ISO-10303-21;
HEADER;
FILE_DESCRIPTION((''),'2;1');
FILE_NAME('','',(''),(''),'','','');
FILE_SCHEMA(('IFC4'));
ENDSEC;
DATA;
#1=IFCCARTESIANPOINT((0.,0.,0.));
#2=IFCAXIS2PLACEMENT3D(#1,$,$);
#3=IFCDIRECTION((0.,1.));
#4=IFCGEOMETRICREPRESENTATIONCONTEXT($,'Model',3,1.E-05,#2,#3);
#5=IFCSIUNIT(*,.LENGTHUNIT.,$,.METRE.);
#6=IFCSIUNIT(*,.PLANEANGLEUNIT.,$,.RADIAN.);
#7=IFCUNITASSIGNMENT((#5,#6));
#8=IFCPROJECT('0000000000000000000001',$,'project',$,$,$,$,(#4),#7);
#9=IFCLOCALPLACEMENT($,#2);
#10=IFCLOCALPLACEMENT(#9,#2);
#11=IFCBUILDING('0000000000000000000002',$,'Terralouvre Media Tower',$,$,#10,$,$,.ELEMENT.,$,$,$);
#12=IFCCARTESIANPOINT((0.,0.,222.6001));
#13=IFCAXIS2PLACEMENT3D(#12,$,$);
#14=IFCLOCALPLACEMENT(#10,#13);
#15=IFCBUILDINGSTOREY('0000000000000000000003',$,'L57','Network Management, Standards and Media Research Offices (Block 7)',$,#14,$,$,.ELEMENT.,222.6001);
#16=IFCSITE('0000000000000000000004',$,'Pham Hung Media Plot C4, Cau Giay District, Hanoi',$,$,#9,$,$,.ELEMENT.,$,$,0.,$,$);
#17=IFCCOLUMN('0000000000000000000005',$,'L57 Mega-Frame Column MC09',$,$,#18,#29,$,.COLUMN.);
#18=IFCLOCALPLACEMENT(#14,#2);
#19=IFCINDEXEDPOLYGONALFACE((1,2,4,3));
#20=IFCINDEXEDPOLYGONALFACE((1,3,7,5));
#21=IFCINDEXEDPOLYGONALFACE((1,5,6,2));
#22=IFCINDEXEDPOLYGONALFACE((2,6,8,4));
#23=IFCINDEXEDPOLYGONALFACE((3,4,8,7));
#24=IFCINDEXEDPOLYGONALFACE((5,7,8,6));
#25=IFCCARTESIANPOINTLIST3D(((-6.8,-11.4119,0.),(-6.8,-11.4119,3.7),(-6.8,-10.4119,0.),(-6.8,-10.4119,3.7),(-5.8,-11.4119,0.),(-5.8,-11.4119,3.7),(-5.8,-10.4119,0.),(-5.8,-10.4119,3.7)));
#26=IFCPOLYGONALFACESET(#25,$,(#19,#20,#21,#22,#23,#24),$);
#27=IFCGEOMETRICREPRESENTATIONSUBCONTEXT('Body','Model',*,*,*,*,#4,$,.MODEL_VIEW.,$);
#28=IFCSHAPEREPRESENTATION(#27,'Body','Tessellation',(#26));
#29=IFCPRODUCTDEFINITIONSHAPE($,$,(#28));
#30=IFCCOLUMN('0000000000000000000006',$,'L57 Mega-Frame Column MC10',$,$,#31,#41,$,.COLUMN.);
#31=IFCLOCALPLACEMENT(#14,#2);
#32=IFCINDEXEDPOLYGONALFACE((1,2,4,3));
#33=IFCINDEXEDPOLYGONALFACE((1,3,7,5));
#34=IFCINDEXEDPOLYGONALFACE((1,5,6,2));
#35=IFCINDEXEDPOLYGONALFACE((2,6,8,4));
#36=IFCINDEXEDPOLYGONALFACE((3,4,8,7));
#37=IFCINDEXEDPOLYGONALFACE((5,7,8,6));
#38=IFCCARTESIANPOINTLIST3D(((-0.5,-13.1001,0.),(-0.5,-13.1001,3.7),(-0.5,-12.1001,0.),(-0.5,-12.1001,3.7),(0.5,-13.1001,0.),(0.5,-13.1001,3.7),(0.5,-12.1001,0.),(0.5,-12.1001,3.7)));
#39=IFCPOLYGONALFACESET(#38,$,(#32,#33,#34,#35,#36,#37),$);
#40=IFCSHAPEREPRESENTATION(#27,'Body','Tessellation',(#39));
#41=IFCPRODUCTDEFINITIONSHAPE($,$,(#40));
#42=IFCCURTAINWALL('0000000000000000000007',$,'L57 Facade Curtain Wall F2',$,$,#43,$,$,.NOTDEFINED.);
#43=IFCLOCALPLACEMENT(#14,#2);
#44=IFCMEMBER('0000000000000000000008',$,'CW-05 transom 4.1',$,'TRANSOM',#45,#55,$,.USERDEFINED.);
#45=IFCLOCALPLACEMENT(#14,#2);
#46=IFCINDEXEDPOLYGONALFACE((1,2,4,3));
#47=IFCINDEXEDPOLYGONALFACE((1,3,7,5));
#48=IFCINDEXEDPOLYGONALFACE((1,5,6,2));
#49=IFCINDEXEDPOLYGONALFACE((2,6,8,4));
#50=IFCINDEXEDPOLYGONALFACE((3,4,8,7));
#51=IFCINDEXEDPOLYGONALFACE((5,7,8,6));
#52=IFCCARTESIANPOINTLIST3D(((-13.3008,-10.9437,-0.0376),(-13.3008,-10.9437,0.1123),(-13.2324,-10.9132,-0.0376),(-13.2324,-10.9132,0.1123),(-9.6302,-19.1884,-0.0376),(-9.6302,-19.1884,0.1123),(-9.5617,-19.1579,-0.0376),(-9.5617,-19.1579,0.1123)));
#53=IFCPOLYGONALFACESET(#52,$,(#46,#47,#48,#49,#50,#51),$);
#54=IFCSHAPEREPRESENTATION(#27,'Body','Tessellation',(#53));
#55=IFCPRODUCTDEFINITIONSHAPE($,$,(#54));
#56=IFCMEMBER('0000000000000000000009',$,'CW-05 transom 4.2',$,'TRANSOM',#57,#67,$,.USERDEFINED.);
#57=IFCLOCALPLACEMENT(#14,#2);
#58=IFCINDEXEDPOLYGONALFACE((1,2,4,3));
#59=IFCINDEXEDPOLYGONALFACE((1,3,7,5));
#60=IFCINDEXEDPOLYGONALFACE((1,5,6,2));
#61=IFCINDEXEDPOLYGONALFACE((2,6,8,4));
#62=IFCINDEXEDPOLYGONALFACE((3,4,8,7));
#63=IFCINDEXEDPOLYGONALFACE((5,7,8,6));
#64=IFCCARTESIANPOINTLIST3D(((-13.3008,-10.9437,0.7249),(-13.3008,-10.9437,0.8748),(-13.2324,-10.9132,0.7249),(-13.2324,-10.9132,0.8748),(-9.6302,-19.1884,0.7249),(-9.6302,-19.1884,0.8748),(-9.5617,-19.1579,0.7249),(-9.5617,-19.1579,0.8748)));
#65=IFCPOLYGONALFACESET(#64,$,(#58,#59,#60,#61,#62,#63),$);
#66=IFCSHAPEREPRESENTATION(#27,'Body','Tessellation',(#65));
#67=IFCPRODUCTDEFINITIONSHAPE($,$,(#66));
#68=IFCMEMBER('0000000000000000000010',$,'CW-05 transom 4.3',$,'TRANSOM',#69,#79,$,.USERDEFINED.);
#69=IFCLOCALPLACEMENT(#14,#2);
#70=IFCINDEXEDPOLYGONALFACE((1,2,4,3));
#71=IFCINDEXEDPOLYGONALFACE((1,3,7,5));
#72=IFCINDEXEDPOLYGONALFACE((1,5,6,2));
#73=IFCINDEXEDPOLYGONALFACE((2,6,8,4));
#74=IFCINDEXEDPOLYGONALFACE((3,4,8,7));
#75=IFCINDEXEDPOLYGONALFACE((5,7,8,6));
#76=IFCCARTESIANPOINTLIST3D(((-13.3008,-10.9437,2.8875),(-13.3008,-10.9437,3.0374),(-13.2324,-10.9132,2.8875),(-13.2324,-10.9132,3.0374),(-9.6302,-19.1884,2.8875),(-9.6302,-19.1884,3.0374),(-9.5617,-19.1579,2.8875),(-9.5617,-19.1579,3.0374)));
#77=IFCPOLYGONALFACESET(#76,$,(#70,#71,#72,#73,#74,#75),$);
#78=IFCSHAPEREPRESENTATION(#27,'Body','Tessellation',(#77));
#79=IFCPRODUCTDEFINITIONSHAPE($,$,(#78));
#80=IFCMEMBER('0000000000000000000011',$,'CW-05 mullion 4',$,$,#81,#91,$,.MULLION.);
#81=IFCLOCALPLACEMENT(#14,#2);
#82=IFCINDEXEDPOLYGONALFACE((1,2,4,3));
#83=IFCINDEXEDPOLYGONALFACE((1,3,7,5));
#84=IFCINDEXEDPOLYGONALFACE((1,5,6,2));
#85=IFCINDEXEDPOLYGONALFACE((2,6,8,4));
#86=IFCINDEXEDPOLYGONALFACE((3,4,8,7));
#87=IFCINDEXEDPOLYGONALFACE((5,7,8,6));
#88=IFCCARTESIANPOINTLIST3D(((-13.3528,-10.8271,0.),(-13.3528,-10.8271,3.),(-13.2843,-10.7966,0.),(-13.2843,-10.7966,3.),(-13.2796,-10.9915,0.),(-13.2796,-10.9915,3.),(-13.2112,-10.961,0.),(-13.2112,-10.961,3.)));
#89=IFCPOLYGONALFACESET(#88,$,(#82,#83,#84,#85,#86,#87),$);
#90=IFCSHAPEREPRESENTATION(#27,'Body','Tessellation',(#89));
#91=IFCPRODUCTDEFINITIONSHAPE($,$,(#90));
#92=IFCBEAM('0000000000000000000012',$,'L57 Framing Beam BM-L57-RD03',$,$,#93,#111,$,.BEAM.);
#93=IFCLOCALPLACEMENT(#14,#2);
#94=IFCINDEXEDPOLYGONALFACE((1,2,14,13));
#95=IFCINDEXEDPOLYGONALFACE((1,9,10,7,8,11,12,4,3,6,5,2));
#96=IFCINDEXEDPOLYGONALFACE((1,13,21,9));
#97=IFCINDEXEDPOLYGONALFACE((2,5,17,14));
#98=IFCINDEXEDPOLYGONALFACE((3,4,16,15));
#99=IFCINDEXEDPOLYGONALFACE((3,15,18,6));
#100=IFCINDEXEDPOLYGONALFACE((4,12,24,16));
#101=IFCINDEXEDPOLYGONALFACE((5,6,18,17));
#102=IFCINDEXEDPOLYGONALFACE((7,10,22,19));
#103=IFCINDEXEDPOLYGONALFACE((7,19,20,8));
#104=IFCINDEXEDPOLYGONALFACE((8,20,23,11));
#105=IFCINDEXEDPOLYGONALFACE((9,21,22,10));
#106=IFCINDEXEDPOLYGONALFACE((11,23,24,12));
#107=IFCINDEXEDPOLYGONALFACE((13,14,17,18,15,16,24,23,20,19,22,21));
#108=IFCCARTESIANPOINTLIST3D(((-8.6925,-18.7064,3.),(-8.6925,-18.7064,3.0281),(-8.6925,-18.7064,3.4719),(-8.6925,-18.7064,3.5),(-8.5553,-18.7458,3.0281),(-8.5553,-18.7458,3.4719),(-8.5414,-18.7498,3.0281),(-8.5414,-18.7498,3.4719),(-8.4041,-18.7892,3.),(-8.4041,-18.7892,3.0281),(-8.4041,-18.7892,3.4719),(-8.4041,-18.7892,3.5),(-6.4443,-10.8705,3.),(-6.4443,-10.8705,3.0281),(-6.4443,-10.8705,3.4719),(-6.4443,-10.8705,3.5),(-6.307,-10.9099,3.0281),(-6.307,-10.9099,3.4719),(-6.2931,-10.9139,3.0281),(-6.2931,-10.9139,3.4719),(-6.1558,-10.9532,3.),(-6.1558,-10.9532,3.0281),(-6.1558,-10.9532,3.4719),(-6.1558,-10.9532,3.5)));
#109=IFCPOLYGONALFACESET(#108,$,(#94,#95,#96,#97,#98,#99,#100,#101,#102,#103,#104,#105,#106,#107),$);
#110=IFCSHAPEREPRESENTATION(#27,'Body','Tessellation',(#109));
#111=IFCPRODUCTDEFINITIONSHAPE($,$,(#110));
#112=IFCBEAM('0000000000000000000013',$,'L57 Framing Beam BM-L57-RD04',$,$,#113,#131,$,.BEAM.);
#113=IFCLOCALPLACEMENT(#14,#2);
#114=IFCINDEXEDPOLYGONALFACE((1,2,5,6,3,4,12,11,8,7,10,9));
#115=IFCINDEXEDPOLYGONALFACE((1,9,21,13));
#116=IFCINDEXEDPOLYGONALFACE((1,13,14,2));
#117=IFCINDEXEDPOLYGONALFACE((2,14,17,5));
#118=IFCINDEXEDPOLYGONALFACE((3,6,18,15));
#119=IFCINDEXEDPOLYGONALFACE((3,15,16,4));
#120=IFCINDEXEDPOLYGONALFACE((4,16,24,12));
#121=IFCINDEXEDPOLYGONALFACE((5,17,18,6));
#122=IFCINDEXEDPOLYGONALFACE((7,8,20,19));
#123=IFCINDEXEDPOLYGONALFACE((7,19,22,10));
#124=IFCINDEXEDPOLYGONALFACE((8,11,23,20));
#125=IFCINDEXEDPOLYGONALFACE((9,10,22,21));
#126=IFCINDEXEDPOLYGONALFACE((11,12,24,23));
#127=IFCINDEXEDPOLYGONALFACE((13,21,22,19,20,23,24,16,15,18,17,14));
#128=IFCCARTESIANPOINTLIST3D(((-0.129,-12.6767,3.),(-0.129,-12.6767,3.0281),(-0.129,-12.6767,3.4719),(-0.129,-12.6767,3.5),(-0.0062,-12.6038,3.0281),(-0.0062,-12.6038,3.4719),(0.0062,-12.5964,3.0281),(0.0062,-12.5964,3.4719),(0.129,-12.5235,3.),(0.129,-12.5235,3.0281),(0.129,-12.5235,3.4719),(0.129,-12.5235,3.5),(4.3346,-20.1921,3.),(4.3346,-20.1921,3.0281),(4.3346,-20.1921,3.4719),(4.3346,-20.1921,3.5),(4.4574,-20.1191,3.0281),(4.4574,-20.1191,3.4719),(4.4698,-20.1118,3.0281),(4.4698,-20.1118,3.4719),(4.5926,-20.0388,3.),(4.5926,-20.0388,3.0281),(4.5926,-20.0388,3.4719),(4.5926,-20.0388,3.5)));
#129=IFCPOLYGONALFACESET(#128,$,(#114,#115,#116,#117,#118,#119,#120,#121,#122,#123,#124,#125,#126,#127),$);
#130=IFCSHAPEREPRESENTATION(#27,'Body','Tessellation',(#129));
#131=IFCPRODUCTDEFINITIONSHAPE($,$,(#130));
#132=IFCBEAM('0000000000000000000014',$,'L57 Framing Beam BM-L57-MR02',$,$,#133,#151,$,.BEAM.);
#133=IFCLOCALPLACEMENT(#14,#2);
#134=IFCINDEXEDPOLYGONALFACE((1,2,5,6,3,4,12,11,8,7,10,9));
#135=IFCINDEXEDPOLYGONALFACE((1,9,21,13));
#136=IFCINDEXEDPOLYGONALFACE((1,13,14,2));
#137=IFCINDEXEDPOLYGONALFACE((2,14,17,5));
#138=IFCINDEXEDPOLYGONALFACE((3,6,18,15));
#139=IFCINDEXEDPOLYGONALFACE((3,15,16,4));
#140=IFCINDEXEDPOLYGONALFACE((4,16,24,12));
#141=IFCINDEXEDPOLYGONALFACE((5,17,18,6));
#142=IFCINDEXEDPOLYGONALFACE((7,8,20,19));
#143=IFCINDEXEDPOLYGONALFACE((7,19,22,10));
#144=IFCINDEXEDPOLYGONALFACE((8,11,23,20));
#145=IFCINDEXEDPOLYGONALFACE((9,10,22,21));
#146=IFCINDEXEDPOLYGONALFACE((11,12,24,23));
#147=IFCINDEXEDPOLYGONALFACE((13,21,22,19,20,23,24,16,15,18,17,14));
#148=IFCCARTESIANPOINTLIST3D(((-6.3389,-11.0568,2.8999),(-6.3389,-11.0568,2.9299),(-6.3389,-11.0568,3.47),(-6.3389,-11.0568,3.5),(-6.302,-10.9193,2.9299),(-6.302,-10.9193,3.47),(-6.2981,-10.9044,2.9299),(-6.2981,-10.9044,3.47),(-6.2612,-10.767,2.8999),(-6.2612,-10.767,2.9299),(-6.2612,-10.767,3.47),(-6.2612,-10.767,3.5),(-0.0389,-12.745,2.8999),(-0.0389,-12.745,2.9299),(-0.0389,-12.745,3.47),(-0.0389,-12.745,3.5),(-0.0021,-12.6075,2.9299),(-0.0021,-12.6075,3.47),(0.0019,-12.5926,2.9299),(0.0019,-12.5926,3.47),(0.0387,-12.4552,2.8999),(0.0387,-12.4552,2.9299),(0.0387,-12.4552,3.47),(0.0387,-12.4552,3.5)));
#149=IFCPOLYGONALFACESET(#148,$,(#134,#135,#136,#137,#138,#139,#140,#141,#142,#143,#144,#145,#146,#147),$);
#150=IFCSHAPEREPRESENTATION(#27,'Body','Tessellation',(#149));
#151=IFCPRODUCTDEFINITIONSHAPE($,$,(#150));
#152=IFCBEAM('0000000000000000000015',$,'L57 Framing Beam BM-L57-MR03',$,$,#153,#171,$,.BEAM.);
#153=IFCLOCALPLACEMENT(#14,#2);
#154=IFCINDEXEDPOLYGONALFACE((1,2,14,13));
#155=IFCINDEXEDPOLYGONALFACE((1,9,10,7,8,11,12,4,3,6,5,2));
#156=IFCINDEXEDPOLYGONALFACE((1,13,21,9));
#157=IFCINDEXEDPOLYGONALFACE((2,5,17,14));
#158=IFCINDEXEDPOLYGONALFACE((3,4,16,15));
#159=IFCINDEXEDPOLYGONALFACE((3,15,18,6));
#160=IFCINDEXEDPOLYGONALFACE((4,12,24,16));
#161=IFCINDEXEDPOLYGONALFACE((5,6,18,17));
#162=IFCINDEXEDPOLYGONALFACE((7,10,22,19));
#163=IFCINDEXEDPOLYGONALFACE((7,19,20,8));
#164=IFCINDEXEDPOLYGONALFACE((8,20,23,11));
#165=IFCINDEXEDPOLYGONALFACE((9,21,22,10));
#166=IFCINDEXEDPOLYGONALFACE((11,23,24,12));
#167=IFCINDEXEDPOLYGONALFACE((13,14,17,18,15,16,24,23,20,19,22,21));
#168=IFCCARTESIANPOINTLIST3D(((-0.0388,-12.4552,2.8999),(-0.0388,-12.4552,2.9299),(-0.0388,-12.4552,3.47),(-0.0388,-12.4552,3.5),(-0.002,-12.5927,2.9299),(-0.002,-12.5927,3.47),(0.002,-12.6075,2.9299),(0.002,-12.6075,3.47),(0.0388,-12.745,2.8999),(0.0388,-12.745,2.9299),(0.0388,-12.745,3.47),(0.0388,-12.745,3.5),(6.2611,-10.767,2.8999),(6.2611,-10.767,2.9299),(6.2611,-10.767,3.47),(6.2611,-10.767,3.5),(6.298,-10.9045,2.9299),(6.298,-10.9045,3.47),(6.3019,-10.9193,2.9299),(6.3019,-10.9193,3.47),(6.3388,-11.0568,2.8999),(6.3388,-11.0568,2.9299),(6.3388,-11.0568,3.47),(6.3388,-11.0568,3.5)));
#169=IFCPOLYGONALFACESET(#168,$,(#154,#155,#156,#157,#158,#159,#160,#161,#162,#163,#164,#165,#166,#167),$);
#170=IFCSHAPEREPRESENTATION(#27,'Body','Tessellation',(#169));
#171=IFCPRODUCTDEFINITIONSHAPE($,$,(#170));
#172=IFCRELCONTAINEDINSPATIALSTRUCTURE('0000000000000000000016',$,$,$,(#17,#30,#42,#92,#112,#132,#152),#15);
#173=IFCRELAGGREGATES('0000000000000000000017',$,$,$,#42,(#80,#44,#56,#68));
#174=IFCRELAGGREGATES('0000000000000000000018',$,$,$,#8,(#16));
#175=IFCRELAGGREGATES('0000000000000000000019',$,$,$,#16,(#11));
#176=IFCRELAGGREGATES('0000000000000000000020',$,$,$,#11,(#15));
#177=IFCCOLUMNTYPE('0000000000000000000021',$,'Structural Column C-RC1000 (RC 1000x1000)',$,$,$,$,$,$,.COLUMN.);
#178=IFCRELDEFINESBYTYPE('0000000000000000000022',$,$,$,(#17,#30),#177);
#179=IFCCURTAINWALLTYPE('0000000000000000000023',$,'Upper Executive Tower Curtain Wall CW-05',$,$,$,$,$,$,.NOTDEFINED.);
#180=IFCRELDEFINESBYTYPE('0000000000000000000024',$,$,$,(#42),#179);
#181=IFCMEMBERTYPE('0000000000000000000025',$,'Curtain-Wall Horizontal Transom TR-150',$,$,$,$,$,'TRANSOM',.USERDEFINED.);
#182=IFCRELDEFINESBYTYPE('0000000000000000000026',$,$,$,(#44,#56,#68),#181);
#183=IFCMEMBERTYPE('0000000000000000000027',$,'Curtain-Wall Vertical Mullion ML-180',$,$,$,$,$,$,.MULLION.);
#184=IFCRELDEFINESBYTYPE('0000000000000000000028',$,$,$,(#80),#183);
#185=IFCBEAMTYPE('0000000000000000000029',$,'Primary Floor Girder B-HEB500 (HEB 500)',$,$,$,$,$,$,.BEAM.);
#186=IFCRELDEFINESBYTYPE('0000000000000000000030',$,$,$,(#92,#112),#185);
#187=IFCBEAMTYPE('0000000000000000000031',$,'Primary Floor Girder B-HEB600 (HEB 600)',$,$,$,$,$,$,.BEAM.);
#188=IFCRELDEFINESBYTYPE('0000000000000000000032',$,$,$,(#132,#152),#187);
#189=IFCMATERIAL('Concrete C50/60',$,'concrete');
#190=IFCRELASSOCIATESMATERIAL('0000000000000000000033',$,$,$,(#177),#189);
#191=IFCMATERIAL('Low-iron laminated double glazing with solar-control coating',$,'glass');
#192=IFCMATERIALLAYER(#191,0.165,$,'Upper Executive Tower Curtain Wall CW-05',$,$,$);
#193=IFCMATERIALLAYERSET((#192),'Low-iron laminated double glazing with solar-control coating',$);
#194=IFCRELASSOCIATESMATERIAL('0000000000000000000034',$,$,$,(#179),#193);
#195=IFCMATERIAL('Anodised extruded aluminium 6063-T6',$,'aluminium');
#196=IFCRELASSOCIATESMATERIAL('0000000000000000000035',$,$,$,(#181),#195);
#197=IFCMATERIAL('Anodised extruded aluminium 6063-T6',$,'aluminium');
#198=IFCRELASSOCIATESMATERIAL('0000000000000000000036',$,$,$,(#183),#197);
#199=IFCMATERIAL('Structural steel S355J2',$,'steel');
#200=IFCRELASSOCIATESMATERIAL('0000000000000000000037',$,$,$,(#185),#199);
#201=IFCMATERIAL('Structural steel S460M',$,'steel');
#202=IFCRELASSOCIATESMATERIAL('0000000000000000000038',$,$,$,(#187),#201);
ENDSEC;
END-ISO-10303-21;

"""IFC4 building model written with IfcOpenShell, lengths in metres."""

from ifc_helpers import new_model, si_unit, direction, frame, origin, origin_2d, place, context, subcontext, project, spatial, rectangle, i_section, extrude, material, layer, layer_set, material_profile, profile_set, type_object, element, aggregate, save


model = new_model("IFC4")

# Units and contexts
model_context = context("Model", 3, precision=1e-05, world=origin(), true_north=direction((0.0, 1.0)))
body_context = subcontext(model_context, "Body", "Model", "MODEL_VIEW")
ifc_project = project(units=[si_unit("LENGTHUNIT", "METRE"), si_unit("PLANEANGLEUNIT", "RADIAN")], contexts=[model_context])

# Site, building, storey
site_placement = place(None, origin())
site = spatial("IfcSite", under=ifc_project, at=site_placement, Name="Pham Hung Media Plot C4, Cau Giay District, Hanoi", CompositionType="ELEMENT", RefElevation=0.0)
building_placement = place(site_placement, origin())
building = spatial("IfcBuilding", under=site, at=building_placement, Name="Terralouvre Media Tower", CompositionType="ELEMENT")
storey_placement = place(building_placement, frame((0.0, 0.0, 222.6001)))
storey = spatial("IfcBuildingStorey", under=building, at=storey_placement, Name="L57", Description="Network Management, Standards and Media Research Offices (Block 7)", CompositionType="ELEMENT", Elevation=222.6001)

# Columns
ifc_material_1 = material(Name="Concrete C50/60", Category="concrete")
ifc_material_profile_1 = material_profile(ifc_material_1, rectangle(XDim=1.0, YDim=1.0, at=origin_2d()), Name="RC 1000x1000")
ifc_profile_set_1 = profile_set([ifc_material_profile_1], Name="Concrete C50/60")
column_type = type_object("IfcColumnType", Name="Structural Column C-RC1000 (RC 1000x1000)", PredefinedType="COLUMN", material=ifc_profile_set_1)
for number, where, z_axis, x_axis, name in (
    (1, (-6.3, -10.9119, 0.0), (0.0, 0.0, 1.0), (1.0, 0.0, 0.0), "L57 Mega-Frame Column MC09"),
    (2, (0.0, -12.6001, 0.0), (0.0, 0.0, 1.0), (1.0, 0.0, 0.0), "L57 Mega-Frame Column MC10"),
):
    element("IfcColumn", number, at=place(storey_placement, frame(where, z_axis=z_axis, x_axis=x_axis)), inside=storey, type_object=column_type, Name=name, PredefinedType="COLUMN", context=body_context, shape_type="SweptSolid", body=[
        extrude(rectangle(XDim=1.0, YDim=1.0, at=origin_2d()), origin(), (0.0, 0.0, 1.0), 3.7),
    ])

# Curtain wall, members
ifc_material_2 = material(Name="Low-iron laminated double glazing with solar-control coating", Category="glass")
ifc_layer_1 = layer(ifc_material_2, 0.165, Name="Upper Executive Tower Curtain Wall CW-05")
ifc_layer_set_1 = layer_set([ifc_layer_1], Name="Low-iron laminated double glazing with solar-control coating")
curtain_wall_type = type_object("IfcCurtainWallType", Name="Upper Executive Tower Curtain Wall CW-05", PredefinedType="NOTDEFINED", material=ifc_layer_set_1)
curtain_wall_placement = place(storey_placement, origin())
curtain_wall = element("IfcCurtainWall", 3, at=curtain_wall_placement, inside=storey, type_object=curtain_wall_type, Name="L57 Facade Curtain Wall F2", PredefinedType="NOTDEFINED")
ifc_material_3 = material(Name="Anodised extruded aluminium 6063-T6", Category="aluminium")
ifc_material_profile_2 = material_profile(ifc_material_3, rectangle(XDim=0.075, YDim=0.1499, at=origin_2d()), Name="ALU 75x150")
ifc_profile_set_2 = profile_set([ifc_material_profile_2], Name="Anodised extruded aluminium 6063-T6")
member_type_1 = type_object("IfcMemberType", Name="Curtain-Wall Horizontal Transom TR-150", ElementType="TRANSOM", PredefinedType="USERDEFINED", material=ifc_profile_set_2)
member_1_placement = place(storey_placement, frame((-13.2666, -10.9285, 0.0374), z_axis=(0.406728, -0.913549, 0.0), x_axis=(0.913549, 0.406728, 0.0)))
member_1 = element("IfcMember", 4, at=member_1_placement, type_object=member_type_1, Name="CW-05 transom 4.1", ObjectType="TRANSOM", PredefinedType="USERDEFINED", context=body_context, shape_type="SweptSolid", body=[
    extrude(rectangle(XDim=0.075, YDim=0.1499, at=origin_2d()), origin(), (0.0, 0.0, 1.0), 9.0249),
])
member_2_placement = place(storey_placement, frame((-13.2666, -10.9285, 0.7998), z_axis=(0.406728, -0.913549, 0.0), x_axis=(0.913549, 0.406728, 0.0)))
member_2 = element("IfcMember", 5, at=member_2_placement, type_object=member_type_1, Name="CW-05 transom 4.2", ObjectType="TRANSOM", PredefinedType="USERDEFINED", context=body_context, shape_type="SweptSolid", body=[
    extrude(rectangle(XDim=0.075, YDim=0.1499, at=origin_2d()), origin(), (0.0, 0.0, 1.0), 9.0249),
])
member_3_placement = place(storey_placement, frame((-13.2666, -10.9285, 2.9624), z_axis=(0.406728, -0.913549, 0.0), x_axis=(0.913549, 0.406728, 0.0)))
member_3 = element("IfcMember", 6, at=member_3_placement, type_object=member_type_1, Name="CW-05 transom 4.3", ObjectType="TRANSOM", PredefinedType="USERDEFINED", context=body_context, shape_type="SweptSolid", body=[
    extrude(rectangle(XDim=0.075, YDim=0.1499, at=origin_2d()), origin(), (0.0, 0.0, 1.0), 9.0249),
])
ifc_material_4 = material(Name="Anodised extruded aluminium 6063-T6", Category="aluminium")
ifc_material_profile_3 = material_profile(ifc_material_4, rectangle(XDim=0.075, YDim=0.1799, at=origin_2d()), Name="ALU 75x180")
ifc_profile_set_3 = profile_set([ifc_material_profile_3], Name="Anodised extruded aluminium 6063-T6")
member_type_2 = type_object("IfcMemberType", Name="Curtain-Wall Vertical Mullion ML-180", PredefinedType="MULLION", material=ifc_profile_set_3)
member_4_placement = place(storey_placement, frame((-13.282, -10.894, 0.0), z_axis=(0.0, 0.0, 1.0), x_axis=(0.913545, 0.406737, 0.0)))
member_4 = element("IfcMember", 7, at=member_4_placement, type_object=member_type_2, Name="CW-05 mullion 4", PredefinedType="MULLION", context=body_context, shape_type="SweptSolid", body=[
    extrude(rectangle(XDim=0.075, YDim=0.1799, at=origin_2d()), origin(), (0.0, 0.0, 1.0), 3.0),
])

# Beams
ifc_material_5 = material(Name="Structural steel S355J2", Category="steel")
ifc_material_profile_4 = material_profile(ifc_material_5, i_section(OverallWidth=0.3, OverallDepth=0.5, WebThickness=0.0144, FlangeThickness=0.0281, at=origin_2d()), Name="HEB 500")
ifc_profile_set_4 = profile_set([ifc_material_profile_4], Name="Structural steel S355J2")
beam_type_1 = type_object("IfcBeamType", Name="Primary Floor Girder B-HEB500 (HEB 500)", PredefinedType="BEAM", material=ifc_profile_set_4)
beam_1_placement = place(storey_placement, frame((-6.3, -10.9119, 3.25), z_axis=(-0.275793, -0.961217, 0.0), x_axis=(0.961217, -0.275793, 0.0)))
element("IfcBeam", 8, at=beam_1_placement, inside=storey, type_object=beam_type_1, Name="L57 Framing Beam BM-L57-RD03", PredefinedType="BEAM", context=body_context, shape_type="SweptSolid", body=[
    extrude(i_section(OverallWidth=0.3, OverallDepth=0.5, WebThickness=0.0144, FlangeThickness=0.0281, at=origin_2d()), origin(), (0.0, 0.0, 1.0), 8.1521),
])
beam_2_placement = place(storey_placement, frame((0.0, -12.6001, 3.25), z_axis=(0.510654, -0.859786, 0.0), x_axis=(0.859786, 0.510654, 0.0)))
element("IfcBeam", 9, at=beam_2_placement, inside=storey, type_object=beam_type_1, Name="L57 Framing Beam BM-L57-RD04", PredefinedType="BEAM", context=body_context, shape_type="SweptSolid", body=[
    extrude(i_section(OverallWidth=0.3, OverallDepth=0.5, WebThickness=0.0144, FlangeThickness=0.0281, at=origin_2d()), origin(), (0.0, 0.0, 1.0), 8.741),
])
ifc_material_6 = material(Name="Structural steel S460M", Category="steel")
ifc_material_profile_5 = material_profile(ifc_material_6, i_section(OverallWidth=0.3, OverallDepth=0.6001, WebThickness=0.0154, FlangeThickness=0.03, at=origin_2d()), Name="HEB 600")
ifc_profile_set_5 = profile_set([ifc_material_profile_5], Name="Structural steel S460M")
beam_type_2 = type_object("IfcBeamType", Name="Primary Floor Girder B-HEB600 (HEB 600)", PredefinedType="BEAM", material=ifc_profile_set_5)
for number, where, z_axis, x_axis, name in (
    (10, (-6.3, -10.9119, 3.2), (0.96592, -0.258839, 0.0), (0.258839, 0.96592, 0.0), "L57 Framing Beam BM-L57-MR02"),
    (11, (0.0, -12.6001, 3.2), (0.96592, 0.258839, 0.0), (-0.258839, 0.96592, 0.0), "L57 Framing Beam BM-L57-MR03"),
):
    element("IfcBeam", number, at=place(storey_placement, frame(where, z_axis=z_axis, x_axis=x_axis)), inside=storey, type_object=beam_type_2, Name=name, PredefinedType="BEAM", context=body_context, shape_type="SweptSolid", body=[
        extrude(i_section(OverallWidth=0.3, OverallDepth=0.6001, WebThickness=0.0154, FlangeThickness=0.03, at=origin_2d()), origin(), (0.0, 0.0, 1.0), 6.5222),
    ])

aggregate(curtain_wall, [member_4, member_1, member_2, member_3])

save(model, "model.ifc")
